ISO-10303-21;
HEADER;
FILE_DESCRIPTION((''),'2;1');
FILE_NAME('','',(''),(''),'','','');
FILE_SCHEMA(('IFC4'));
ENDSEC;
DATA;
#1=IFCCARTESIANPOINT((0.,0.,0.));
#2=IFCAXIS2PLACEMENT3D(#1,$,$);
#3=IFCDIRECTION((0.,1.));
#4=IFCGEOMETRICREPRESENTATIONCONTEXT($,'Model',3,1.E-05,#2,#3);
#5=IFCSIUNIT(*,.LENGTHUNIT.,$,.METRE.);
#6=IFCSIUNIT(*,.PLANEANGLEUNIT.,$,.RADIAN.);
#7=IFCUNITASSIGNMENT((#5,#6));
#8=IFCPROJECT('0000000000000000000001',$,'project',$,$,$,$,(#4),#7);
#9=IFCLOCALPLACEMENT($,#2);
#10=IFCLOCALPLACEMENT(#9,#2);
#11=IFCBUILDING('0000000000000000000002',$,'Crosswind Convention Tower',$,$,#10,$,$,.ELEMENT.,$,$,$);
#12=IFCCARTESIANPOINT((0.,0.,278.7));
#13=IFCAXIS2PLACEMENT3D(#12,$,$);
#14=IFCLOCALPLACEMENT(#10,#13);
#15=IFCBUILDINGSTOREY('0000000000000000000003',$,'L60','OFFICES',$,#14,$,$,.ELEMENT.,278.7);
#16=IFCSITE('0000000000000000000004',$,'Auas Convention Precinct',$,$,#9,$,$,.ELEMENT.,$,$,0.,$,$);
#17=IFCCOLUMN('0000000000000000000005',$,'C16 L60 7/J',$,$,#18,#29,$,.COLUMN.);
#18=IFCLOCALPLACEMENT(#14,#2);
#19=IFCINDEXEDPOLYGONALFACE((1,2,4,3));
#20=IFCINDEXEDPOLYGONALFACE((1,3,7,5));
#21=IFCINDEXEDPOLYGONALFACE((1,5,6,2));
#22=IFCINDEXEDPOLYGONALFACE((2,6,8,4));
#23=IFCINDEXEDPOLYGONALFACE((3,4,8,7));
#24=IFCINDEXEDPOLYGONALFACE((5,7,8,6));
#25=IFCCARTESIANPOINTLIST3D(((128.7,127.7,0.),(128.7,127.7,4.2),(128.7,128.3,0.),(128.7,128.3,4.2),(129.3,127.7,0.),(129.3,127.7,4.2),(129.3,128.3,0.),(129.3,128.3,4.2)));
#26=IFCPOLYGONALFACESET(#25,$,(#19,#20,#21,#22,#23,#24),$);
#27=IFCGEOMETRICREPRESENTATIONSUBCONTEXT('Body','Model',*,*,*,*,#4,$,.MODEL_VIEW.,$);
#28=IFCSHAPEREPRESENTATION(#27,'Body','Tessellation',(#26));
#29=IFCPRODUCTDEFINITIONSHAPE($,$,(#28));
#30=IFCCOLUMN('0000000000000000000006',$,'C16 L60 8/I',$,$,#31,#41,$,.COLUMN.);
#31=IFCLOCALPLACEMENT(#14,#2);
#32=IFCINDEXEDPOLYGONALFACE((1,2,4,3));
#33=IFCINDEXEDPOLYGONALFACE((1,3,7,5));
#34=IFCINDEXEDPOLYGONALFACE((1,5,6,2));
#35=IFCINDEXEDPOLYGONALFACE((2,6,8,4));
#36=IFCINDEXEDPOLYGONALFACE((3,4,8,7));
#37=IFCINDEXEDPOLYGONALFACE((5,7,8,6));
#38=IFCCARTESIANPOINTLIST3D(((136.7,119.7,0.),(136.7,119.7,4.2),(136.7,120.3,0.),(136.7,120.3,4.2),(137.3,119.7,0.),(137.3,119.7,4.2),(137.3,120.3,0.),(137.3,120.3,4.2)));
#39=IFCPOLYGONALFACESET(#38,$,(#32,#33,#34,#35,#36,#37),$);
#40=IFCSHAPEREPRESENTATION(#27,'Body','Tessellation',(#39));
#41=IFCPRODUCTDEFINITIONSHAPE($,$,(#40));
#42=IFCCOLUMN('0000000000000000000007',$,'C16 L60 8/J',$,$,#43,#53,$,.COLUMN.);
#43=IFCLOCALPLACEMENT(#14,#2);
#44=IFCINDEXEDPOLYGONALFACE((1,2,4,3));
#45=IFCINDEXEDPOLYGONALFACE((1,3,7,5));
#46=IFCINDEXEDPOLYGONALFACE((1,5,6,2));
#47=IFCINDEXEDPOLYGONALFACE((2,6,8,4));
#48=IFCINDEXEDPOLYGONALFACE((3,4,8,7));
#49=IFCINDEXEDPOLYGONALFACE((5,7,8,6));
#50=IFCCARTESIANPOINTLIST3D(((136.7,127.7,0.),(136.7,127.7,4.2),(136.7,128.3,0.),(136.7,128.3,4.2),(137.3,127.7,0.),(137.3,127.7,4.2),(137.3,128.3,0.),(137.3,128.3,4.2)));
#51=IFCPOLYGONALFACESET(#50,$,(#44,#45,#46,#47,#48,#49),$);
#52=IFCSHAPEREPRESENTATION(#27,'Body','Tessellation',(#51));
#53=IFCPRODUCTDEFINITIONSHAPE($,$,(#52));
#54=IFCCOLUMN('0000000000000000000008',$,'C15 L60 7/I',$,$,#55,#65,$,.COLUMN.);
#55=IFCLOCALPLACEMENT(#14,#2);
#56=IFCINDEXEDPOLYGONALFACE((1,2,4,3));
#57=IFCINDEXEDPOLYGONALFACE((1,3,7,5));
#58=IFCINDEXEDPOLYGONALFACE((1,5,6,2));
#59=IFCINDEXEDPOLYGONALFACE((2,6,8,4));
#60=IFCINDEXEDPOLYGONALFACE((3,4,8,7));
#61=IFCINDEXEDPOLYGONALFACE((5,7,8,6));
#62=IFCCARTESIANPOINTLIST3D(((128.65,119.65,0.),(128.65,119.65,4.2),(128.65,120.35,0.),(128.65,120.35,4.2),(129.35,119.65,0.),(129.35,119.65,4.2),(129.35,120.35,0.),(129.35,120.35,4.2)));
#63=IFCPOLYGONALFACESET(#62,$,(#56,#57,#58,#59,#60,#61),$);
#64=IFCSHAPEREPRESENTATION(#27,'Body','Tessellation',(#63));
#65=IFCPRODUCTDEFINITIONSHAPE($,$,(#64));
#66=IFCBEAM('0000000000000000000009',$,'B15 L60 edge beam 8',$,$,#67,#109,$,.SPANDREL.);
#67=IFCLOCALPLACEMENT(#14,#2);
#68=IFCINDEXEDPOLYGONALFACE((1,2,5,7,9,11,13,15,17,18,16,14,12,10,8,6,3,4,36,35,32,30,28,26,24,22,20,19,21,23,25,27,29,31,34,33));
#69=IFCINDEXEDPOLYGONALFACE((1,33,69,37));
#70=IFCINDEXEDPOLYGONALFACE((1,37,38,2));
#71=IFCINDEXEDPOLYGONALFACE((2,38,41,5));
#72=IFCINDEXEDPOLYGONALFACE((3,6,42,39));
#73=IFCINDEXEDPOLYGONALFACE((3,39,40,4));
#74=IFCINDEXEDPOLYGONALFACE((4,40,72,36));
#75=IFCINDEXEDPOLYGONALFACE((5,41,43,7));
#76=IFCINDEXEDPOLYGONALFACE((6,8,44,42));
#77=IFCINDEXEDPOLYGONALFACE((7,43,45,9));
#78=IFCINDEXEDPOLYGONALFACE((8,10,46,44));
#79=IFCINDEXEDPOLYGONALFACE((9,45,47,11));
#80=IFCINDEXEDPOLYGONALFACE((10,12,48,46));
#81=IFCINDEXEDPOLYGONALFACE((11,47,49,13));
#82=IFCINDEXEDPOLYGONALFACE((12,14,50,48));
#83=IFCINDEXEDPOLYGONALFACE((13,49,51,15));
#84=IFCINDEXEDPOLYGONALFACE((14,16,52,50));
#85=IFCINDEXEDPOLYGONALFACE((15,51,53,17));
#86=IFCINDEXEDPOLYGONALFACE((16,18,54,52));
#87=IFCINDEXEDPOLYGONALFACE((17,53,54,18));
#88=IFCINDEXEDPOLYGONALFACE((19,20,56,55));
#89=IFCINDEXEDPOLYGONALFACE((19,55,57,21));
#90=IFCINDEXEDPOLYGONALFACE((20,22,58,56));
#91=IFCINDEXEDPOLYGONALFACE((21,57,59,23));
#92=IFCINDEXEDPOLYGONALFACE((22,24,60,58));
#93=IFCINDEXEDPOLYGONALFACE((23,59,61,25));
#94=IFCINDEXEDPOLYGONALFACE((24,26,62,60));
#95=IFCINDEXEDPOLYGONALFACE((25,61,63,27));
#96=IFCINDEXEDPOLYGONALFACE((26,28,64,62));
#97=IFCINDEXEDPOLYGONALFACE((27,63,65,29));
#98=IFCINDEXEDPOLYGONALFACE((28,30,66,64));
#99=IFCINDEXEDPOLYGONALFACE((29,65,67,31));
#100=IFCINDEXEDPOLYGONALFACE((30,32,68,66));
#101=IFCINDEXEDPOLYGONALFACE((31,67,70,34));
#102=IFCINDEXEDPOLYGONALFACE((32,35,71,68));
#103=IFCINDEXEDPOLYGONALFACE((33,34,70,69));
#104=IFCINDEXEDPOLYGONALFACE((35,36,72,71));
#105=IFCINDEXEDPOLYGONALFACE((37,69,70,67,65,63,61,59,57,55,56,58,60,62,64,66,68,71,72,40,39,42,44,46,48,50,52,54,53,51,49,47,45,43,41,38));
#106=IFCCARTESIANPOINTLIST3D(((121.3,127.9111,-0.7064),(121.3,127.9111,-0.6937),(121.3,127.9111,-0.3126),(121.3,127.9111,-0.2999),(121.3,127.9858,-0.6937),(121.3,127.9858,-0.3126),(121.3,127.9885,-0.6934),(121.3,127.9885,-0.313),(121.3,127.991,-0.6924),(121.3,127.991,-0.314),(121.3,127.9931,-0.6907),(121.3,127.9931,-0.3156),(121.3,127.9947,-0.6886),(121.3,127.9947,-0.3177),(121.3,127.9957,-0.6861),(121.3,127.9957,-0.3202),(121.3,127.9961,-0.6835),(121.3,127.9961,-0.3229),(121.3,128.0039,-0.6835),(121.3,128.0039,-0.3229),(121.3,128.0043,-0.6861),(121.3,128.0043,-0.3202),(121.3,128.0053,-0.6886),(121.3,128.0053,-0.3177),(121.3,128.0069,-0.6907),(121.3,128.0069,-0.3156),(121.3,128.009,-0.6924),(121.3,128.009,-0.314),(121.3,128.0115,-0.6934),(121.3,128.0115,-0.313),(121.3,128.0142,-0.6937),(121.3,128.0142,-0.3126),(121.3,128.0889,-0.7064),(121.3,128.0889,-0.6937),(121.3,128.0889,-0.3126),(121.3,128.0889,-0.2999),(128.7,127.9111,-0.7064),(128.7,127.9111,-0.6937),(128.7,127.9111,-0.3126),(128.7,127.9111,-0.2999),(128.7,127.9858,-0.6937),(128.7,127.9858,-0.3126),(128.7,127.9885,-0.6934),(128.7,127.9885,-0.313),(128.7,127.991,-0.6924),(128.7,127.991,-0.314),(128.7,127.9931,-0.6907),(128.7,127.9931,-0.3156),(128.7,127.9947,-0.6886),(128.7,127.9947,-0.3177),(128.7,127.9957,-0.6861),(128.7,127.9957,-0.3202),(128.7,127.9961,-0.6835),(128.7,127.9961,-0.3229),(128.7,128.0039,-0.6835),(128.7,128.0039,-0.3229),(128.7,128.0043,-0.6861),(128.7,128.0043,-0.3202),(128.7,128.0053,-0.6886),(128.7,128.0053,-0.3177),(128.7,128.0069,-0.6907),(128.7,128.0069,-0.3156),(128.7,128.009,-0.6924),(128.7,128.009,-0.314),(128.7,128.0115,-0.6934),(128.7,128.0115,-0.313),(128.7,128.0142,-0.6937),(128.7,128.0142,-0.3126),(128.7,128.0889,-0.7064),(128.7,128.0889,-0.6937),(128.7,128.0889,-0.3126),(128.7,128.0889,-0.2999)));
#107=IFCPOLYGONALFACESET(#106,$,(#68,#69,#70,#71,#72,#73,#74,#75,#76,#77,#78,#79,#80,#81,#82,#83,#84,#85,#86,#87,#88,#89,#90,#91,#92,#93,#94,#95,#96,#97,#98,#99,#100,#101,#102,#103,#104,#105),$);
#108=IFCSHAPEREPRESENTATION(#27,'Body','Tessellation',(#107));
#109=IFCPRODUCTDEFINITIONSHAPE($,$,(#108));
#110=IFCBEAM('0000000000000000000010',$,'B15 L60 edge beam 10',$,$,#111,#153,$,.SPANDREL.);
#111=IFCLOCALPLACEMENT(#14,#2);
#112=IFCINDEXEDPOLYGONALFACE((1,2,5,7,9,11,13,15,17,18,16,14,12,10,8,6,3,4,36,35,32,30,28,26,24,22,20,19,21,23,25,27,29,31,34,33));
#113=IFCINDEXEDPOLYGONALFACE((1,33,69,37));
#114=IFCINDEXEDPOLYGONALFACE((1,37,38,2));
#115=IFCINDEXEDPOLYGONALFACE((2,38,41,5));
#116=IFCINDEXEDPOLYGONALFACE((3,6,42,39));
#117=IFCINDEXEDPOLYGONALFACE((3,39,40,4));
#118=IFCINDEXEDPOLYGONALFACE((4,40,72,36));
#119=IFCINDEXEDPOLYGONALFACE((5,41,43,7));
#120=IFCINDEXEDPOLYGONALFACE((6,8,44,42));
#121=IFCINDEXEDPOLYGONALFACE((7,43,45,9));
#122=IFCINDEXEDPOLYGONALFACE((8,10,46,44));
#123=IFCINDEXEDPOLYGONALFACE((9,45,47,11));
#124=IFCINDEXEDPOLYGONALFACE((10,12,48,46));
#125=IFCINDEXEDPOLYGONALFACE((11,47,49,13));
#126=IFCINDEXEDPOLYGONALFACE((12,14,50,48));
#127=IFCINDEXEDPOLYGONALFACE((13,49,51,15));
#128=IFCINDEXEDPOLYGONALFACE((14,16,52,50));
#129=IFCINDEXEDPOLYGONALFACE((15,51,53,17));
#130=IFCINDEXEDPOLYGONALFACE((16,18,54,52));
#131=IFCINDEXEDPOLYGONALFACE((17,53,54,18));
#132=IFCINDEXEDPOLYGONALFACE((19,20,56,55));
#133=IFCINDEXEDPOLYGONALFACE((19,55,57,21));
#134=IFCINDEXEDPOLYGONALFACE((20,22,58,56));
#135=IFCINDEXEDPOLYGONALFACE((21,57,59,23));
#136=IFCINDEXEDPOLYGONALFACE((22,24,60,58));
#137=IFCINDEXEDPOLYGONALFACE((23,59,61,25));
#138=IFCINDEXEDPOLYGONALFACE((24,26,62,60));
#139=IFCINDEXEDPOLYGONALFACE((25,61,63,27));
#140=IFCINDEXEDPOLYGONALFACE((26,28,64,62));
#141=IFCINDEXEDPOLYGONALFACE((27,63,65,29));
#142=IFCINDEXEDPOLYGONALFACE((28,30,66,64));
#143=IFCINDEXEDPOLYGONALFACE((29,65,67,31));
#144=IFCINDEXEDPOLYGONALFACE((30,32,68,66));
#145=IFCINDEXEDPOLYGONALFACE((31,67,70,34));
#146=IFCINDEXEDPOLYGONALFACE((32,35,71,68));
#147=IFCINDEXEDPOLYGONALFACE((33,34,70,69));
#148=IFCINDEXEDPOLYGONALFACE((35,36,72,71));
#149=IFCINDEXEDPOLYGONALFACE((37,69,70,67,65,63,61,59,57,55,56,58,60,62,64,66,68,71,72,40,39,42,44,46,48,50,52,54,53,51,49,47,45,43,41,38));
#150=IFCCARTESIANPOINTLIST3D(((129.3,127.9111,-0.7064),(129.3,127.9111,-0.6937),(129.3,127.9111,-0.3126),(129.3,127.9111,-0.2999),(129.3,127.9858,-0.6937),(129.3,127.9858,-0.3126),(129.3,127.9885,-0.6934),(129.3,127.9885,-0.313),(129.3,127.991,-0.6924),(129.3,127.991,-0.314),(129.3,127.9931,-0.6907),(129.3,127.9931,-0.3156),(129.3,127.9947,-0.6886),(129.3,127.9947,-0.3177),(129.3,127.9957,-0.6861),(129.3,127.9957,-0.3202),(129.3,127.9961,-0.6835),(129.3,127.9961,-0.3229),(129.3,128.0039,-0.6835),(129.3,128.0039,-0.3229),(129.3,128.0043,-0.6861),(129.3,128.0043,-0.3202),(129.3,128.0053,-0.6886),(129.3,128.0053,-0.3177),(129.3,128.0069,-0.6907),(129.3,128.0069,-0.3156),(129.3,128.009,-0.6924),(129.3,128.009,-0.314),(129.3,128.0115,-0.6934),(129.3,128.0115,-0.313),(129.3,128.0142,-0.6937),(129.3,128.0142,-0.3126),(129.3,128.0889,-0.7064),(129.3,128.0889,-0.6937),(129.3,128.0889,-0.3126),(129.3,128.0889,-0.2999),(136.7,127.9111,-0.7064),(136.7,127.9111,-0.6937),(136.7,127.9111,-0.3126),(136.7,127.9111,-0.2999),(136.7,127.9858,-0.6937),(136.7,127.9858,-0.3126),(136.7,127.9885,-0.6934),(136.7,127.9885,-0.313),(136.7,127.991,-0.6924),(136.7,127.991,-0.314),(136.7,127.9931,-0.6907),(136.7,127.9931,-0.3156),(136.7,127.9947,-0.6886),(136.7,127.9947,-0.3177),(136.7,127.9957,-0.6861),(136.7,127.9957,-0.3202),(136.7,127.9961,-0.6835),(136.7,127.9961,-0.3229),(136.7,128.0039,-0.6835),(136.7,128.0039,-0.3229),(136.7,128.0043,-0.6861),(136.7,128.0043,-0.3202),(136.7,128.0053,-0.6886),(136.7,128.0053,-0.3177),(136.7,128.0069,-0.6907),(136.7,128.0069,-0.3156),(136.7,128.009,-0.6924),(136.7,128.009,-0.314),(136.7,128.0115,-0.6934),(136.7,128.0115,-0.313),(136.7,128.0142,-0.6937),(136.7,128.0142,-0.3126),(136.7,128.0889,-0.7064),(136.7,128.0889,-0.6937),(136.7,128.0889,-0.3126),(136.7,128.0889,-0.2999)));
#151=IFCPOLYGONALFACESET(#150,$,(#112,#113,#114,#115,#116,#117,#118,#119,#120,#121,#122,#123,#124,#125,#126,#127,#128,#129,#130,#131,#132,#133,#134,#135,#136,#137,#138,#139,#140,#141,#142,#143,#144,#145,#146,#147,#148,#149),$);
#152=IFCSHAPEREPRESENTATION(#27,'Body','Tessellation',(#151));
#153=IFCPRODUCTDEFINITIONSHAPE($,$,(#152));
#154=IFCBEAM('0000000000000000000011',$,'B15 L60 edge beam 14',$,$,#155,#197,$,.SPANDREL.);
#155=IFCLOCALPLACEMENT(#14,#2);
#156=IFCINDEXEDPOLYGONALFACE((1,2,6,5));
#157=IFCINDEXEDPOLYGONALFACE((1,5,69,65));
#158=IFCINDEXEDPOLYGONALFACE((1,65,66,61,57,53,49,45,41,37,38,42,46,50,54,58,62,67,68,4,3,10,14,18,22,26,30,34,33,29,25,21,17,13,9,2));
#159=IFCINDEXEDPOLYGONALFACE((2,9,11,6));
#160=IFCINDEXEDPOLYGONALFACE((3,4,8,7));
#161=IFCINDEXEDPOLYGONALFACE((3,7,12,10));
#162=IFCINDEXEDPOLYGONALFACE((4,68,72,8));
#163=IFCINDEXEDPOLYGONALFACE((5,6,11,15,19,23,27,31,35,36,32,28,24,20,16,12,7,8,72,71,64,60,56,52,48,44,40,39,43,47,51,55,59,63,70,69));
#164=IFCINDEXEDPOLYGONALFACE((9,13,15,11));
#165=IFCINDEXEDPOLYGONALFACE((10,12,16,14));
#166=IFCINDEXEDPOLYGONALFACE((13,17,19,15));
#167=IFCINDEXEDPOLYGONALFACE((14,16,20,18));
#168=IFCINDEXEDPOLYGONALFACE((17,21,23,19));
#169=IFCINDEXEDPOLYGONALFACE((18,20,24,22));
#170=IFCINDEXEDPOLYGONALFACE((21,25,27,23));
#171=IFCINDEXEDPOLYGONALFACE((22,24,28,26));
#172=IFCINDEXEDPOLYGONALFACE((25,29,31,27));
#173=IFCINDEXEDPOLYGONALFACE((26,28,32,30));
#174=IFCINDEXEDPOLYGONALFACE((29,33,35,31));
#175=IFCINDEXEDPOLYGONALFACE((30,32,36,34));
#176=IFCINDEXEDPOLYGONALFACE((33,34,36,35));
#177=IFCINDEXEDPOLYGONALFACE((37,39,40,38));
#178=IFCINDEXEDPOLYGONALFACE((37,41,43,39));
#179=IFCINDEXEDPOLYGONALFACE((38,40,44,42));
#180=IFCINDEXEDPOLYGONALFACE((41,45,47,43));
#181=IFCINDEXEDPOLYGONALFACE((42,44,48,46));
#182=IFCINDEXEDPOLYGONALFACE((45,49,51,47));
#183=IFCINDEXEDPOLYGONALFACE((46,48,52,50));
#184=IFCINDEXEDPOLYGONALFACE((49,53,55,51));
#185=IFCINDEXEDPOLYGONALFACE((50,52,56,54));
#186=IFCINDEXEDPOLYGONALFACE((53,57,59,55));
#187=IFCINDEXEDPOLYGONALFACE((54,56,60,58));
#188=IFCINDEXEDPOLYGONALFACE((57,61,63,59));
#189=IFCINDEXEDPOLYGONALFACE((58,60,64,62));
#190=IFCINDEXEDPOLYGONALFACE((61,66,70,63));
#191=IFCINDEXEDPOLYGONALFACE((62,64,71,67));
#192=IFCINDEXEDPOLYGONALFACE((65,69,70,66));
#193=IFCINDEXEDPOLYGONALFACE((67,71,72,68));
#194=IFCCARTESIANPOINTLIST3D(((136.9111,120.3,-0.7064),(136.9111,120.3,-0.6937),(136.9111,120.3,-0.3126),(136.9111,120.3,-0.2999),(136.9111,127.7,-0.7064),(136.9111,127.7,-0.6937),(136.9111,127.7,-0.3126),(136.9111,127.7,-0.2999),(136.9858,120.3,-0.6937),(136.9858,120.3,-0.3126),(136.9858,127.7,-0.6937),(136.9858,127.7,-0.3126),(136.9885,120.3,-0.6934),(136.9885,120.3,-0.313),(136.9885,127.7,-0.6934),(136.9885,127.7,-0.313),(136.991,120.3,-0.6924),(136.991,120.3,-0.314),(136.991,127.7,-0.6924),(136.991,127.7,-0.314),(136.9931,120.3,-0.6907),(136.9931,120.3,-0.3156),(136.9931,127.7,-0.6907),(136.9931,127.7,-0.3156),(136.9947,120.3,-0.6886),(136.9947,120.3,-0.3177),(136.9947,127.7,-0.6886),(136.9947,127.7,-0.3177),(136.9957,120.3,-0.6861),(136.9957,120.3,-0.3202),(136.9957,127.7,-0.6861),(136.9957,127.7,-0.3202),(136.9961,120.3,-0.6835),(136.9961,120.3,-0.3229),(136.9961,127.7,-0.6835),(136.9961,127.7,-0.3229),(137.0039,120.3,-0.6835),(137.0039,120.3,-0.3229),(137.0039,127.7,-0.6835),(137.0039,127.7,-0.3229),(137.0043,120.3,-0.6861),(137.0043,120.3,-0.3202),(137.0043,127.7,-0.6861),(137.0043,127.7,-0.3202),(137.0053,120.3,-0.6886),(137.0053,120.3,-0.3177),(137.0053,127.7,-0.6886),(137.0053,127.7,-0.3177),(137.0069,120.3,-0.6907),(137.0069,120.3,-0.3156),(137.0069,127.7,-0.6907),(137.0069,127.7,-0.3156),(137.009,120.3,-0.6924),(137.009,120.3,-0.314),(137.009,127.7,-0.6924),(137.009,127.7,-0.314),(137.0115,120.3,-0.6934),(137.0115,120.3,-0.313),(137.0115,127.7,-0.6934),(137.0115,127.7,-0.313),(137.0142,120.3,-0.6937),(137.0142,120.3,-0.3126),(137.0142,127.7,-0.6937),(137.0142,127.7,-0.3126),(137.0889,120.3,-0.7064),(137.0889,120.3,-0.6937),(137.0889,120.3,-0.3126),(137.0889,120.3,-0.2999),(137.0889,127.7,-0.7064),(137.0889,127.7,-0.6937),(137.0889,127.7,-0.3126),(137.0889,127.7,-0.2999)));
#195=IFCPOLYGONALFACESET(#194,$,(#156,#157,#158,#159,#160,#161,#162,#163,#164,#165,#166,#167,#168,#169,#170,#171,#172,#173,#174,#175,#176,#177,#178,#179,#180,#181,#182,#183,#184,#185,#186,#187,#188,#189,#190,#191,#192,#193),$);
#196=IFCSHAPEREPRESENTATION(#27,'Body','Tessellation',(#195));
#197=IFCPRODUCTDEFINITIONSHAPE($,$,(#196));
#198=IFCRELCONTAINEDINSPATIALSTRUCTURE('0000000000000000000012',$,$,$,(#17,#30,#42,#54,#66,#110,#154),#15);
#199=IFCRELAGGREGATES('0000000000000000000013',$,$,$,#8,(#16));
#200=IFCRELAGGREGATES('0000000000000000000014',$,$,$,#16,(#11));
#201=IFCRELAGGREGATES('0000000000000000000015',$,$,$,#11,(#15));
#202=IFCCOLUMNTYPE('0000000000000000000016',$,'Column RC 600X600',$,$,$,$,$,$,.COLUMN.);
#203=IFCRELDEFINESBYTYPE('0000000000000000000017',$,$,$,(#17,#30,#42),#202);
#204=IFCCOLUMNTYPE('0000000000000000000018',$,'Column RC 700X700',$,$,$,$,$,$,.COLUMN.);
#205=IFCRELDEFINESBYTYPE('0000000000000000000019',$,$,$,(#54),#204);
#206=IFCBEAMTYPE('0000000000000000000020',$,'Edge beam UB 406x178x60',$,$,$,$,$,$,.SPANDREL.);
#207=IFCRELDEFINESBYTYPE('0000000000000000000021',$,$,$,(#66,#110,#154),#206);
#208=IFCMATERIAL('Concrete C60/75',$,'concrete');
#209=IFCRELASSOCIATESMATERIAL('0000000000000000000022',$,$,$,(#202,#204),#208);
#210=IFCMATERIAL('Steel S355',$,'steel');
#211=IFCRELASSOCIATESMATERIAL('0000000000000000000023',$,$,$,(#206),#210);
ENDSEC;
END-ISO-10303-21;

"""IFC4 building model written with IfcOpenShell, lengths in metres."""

from ifc_helpers import new_model, si_unit, direction, frame, origin, origin_2d, place, context, subcontext, project, spatial, rectangle, i_section, extrude, material, material_profile, profile_set, type_object, element, save


model = new_model("IFC4")

# Units and contexts
model_context = context("Model", 3, precision=1e-05, world=origin(), true_north=direction((0.0, 1.0)))
body_context = subcontext(model_context, "Body", "Model", "MODEL_VIEW")
ifc_project = project(units=[si_unit("LENGTHUNIT", "METRE"), si_unit("PLANEANGLEUNIT", "RADIAN")], contexts=[model_context])

# Site, building, storey
site_placement = place(None, origin())
site = spatial("IfcSite", under=ifc_project, at=site_placement, Name="Auas Convention Precinct", CompositionType="ELEMENT", RefElevation=0.0)
building_placement = place(site_placement, origin())
building = spatial("IfcBuilding", under=site, at=building_placement, Name="Crosswind Convention Tower", CompositionType="ELEMENT")
storey_placement = place(building_placement, frame((0.0, 0.0, 278.7)))
storey = spatial("IfcBuildingStorey", under=building, at=storey_placement, Name="L60", Description="OFFICES", CompositionType="ELEMENT", Elevation=278.7)

# Columns
ifc_material_1 = material(Name="Concrete C60/75", Category="concrete")
ifc_material_profile_1 = material_profile(ifc_material_1, rectangle(XDim=0.6001, YDim=0.6001, at=origin_2d()), Name="RC 600X600")
ifc_profile_set_1 = profile_set([ifc_material_profile_1], Name="Concrete C60/75")
column_type_1 = type_object("IfcColumnType", Name="Column RC 600X600", PredefinedType="COLUMN", material=ifc_profile_set_1)
for number, where, z_axis, x_axis, name in (
    (1, (129.0, 128.0, 0.0), (0.0, 0.0, 1.0), (1.0, 0.0, 0.0), "C16 L60 7/J"),
    (2, (137.0, 120.0, 0.0), (0.0, 0.0, 1.0), (1.0, 0.0, 0.0), "C16 L60 8/I"),
    (3, (137.0, 128.0, 0.0), (0.0, 0.0, 1.0), (1.0, 0.0, 0.0), "C16 L60 8/J"),
):
    element("IfcColumn", number, at=place(storey_placement, frame(where, z_axis=z_axis, x_axis=x_axis)), inside=storey, type_object=column_type_1, Name=name, PredefinedType="COLUMN", context=body_context, shape_type="SweptSolid", body=[
        extrude(rectangle(XDim=0.6001, YDim=0.6001, at=origin_2d()), origin(), (0.0, 0.0, 1.0), 4.2),
    ])
ifc_material_profile_2 = material_profile(ifc_material_1, rectangle(XDim=0.7, YDim=0.7, at=origin_2d()), Name="RC 700X700")
ifc_profile_set_2 = profile_set([ifc_material_profile_2], Name="Concrete C60/75")
column_type_2 = type_object("IfcColumnType", Name="Column RC 700X700", PredefinedType="COLUMN", material=ifc_profile_set_2)
column_placement = place(storey_placement, frame((129.0, 120.0, 0.0), z_axis=(0.0, 0.0, 1.0), x_axis=(1.0, 0.0, 0.0)))
element("IfcColumn", 4, at=column_placement, inside=storey, type_object=column_type_2, Name="C15 L60 7/I", PredefinedType="COLUMN", context=body_context, shape_type="SweptSolid", body=[
    extrude(rectangle(XDim=0.7, YDim=0.7, at=origin_2d()), origin(), (0.0, 0.0, 1.0), 4.2),
])

# Beams
ifc_material_2 = material(Name="Steel S355", Category="steel")
ifc_material_profile_3 = material_profile(ifc_material_2, i_section(OverallWidth=0.1777, OverallDepth=0.4065, WebThickness=0.0078, FlangeThickness=0.0127, FilletRadius=0.0103, at=origin_2d()), Name="UB 406x178x60")
ifc_profile_set_3 = profile_set([ifc_material_profile_3], Name="Steel S355")
beam_type_1 = type_object("IfcBeamType", Name="Edge beam UB 406x178x60", PredefinedType="SPANDREL", material=ifc_profile_set_3)
for number, where, z_axis, x_axis, name in (
    (5, (121.3, 128.0, -0.5032), (1.0, 0.0, 0.0), (0.0, 1.0, 0.0), "B15 L60 edge beam 8"),
    (6, (129.3, 128.0, -0.5032), (1.0, 0.0, 0.0), (0.0, 1.0, 0.0), "B15 L60 edge beam 10"),
    (7, (137.0, 120.3, -0.5032), (0.0, 1.0, 0.0), (-1.0, 0.0, 0.0), "B15 L60 edge beam 14"),
):
    element("IfcBeam", number, at=place(storey_placement, frame(where, z_axis=z_axis, x_axis=x_axis)), inside=storey, type_object=beam_type_1, Name=name, PredefinedType="SPANDREL", context=body_context, shape_type="SweptSolid", body=[
        extrude(i_section(OverallWidth=0.1777, OverallDepth=0.4065, WebThickness=0.0078, FlangeThickness=0.0127, FilletRadius=0.0103, at=origin_2d()), origin(), (0.0, 0.0, 1.0), 7.3999),
    ])

save(model, "model.ifc")
